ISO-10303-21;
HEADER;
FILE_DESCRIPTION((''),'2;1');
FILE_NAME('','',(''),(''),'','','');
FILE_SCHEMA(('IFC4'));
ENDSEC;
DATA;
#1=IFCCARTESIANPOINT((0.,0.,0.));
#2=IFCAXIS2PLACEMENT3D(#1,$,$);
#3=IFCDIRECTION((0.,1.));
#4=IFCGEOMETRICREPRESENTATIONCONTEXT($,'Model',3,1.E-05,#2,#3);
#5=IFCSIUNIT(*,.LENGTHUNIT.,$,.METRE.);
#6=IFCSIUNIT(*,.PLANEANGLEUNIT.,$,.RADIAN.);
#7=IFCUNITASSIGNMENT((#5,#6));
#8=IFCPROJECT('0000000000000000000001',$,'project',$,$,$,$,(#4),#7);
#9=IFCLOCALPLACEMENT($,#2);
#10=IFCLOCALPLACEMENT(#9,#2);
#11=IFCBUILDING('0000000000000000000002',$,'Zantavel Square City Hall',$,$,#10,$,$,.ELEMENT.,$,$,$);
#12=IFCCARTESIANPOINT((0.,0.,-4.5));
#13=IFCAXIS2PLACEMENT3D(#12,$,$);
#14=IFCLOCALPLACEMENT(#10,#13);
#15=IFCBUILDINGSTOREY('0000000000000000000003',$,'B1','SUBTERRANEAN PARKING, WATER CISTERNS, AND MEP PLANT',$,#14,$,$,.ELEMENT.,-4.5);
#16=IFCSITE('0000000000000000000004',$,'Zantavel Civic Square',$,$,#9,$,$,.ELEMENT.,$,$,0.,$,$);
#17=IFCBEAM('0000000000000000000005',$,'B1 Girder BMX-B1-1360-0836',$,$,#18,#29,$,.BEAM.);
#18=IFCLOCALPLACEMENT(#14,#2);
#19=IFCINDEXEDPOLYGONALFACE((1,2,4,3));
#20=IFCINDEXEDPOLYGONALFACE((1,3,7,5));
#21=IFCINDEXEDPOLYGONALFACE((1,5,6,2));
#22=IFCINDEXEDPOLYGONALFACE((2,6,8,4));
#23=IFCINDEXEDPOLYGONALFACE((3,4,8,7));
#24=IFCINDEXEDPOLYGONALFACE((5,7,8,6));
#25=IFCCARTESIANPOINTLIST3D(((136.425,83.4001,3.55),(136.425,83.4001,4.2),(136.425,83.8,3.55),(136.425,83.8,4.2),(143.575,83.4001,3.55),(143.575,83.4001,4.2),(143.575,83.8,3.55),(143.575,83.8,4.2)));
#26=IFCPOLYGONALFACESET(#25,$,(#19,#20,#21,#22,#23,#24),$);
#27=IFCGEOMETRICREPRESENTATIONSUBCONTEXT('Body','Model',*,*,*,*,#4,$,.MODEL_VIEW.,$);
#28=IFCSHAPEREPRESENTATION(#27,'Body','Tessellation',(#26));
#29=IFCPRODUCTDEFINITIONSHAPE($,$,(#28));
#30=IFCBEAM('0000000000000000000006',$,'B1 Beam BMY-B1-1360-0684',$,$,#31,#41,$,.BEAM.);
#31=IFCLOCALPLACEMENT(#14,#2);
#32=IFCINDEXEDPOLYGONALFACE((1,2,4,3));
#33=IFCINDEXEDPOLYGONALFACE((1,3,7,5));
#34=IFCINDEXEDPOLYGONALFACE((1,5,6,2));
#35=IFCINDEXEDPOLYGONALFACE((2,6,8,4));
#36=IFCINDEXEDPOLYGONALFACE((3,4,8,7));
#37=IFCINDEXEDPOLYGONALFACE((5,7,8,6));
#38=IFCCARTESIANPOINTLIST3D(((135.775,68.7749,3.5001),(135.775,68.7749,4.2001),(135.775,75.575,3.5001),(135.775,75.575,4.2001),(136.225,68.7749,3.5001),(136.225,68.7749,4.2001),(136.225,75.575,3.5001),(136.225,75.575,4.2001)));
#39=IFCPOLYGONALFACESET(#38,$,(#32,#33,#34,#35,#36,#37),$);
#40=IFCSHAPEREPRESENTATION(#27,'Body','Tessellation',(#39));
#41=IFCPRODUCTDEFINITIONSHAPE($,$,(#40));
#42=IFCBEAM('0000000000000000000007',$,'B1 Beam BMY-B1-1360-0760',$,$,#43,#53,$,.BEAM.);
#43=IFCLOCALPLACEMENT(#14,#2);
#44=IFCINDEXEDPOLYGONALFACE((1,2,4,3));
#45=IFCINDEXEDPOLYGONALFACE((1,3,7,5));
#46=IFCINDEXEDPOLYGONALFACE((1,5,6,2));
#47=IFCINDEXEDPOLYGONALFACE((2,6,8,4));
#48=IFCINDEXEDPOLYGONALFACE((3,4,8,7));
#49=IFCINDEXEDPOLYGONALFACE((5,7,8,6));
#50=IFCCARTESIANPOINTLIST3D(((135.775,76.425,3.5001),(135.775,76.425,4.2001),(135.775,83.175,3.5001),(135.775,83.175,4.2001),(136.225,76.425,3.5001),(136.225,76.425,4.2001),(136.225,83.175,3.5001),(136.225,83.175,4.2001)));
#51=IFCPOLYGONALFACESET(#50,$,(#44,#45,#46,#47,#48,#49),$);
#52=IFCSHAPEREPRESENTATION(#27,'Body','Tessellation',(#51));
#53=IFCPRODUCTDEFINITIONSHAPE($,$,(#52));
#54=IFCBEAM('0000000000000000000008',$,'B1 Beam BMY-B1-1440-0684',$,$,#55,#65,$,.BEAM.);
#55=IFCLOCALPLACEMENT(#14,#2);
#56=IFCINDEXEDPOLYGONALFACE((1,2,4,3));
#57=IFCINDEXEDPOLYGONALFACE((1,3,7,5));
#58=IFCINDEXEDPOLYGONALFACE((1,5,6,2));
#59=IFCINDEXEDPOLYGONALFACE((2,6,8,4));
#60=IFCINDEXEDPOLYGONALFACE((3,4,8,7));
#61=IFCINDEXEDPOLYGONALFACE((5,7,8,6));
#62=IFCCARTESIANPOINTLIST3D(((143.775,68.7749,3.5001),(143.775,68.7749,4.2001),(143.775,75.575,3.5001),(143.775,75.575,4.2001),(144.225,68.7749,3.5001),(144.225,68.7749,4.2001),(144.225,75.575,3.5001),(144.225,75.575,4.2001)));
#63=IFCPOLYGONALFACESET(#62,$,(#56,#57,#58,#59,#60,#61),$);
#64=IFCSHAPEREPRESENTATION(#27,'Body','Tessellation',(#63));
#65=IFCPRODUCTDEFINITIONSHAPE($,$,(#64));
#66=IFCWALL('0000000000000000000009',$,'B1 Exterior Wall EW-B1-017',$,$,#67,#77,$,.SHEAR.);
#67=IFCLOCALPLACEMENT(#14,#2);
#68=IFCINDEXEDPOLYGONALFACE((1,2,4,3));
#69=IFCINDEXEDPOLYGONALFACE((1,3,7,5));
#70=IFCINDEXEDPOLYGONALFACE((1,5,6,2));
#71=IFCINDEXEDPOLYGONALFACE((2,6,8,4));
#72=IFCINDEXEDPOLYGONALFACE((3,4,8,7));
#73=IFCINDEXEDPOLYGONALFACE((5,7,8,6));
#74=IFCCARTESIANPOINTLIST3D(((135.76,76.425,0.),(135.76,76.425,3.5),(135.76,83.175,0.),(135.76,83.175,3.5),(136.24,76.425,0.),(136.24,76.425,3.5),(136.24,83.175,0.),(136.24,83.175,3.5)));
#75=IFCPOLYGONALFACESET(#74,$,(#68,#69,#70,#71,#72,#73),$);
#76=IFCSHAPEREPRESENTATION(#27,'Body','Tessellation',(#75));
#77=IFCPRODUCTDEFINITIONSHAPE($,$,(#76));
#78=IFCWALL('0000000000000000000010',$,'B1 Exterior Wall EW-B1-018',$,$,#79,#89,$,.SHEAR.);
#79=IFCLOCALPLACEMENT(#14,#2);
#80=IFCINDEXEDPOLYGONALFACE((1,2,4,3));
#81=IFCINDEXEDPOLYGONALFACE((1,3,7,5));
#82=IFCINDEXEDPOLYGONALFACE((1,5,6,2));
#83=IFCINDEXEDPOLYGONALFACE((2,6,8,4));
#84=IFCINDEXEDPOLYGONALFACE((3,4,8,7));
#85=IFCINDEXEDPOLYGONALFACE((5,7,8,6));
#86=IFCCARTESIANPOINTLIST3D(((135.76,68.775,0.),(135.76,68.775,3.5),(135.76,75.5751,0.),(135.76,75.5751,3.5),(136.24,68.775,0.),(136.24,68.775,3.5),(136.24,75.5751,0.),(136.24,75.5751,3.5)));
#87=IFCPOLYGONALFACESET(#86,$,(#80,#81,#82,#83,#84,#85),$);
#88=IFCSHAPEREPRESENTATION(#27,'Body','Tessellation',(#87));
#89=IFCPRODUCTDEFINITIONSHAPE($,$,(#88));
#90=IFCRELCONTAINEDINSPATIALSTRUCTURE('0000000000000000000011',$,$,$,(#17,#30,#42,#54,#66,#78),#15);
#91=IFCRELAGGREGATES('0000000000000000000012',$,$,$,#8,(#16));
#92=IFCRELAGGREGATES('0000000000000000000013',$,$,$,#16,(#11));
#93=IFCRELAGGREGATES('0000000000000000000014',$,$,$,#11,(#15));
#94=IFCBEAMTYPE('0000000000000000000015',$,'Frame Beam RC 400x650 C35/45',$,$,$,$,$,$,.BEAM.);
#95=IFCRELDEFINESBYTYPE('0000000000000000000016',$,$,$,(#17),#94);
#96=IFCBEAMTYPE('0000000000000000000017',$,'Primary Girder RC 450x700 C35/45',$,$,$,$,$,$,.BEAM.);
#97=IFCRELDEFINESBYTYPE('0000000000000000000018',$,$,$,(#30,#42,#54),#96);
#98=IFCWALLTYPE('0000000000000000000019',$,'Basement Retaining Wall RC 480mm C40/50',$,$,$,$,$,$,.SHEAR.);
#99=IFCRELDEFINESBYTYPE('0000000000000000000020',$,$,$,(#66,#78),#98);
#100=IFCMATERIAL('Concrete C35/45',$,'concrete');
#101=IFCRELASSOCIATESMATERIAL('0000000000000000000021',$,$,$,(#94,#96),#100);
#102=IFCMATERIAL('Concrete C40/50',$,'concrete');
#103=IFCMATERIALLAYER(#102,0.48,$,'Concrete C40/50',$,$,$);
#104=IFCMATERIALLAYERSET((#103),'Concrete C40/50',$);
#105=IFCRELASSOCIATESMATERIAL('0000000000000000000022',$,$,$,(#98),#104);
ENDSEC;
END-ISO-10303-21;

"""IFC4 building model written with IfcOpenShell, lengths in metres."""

from ifc_helpers import new_model, si_unit, direction, frame, frame_2d, origin, origin_2d, place, context, subcontext, project, spatial, rectangle, extrude, material, layer, layer_set, material_profile, profile_set, type_object, element, save


model = new_model("IFC4")

# Units and contexts
model_context = context("Model", 3, precision=1e-05, world=origin(), true_north=direction((0.0, 1.0)))
body_context = subcontext(model_context, "Body", "Model", "MODEL_VIEW")
ifc_project = project(units=[si_unit("LENGTHUNIT", "METRE"), si_unit("PLANEANGLEUNIT", "RADIAN")], contexts=[model_context])

# Site, building, storey
site_placement = place(None, origin())
site = spatial("IfcSite", under=ifc_project, at=site_placement, Name="Zantavel Civic Square", CompositionType="ELEMENT", RefElevation=0.0)
building_placement = place(site_placement, origin())
building = spatial("IfcBuilding", under=site, at=building_placement, Name="Zantavel Square City Hall", CompositionType="ELEMENT")
storey_placement = place(building_placement, frame((0.0, 0.0, -4.5)))
storey = spatial("IfcBuildingStorey", under=building, at=storey_placement, Name="B1", Description="SUBTERRANEAN PARKING, WATER CISTERNS, AND MEP PLANT", CompositionType="ELEMENT", Elevation=-4.5)

# Shared definitions
ifc_material_1 = material(Name="Concrete C35/45", Category="concrete")

# Shared definitions
ifc_material_2 = material(Name="Concrete C40/50", Category="concrete")

# Beams
ifc_material_profile_1 = material_profile(ifc_material_1, rectangle(XDim=0.3999, YDim=0.6499, at=origin_2d()), Name="RC 400x650")
ifc_profile_set_1 = profile_set([ifc_material_profile_1], Name="Concrete C35/45")
beam_type_1 = type_object("IfcBeamType", Name="Frame Beam RC 400x650 C35/45", PredefinedType="BEAM", material=ifc_profile_set_1)
for number, where, z_axis, x_axis, name in (
    (1, (136.425, 83.6001, 3.875), (1.0, 0.0, 0.0), (0.0, 1.0, 0.0), "B1 Girder BMX-B1-1360-0836"),
):
    element("IfcBeam", number, at=place(storey_placement, frame(where, z_axis=z_axis, x_axis=x_axis)), inside=storey, type_object=beam_type_1, Name=name, PredefinedType="BEAM", context=body_context, shape_type="SweptSolid", body=[
        extrude(rectangle(XDim=0.3999, YDim=0.6499, at=origin_2d()), origin(), (0.0, 0.0, 1.0), 7.1499),
    ])
ifc_material_profile_2 = material_profile(ifc_material_1, rectangle(XDim=0.45, YDim=0.7, at=origin_2d()), Name="RC 450x700")
ifc_profile_set_2 = profile_set([ifc_material_profile_2], Name="Concrete C35/45")
beam_type_2 = type_object("IfcBeamType", Name="Primary Girder RC 450x700 C35/45", PredefinedType="BEAM", material=ifc_profile_set_2)
beam_1_placement = place(storey_placement, frame((136.0, 68.7749, 3.8501), z_axis=(0.0, 1.0, 0.0), x_axis=(-1.0, 0.0, 0.0)))
element("IfcBeam", 2, at=beam_1_placement, inside=storey, type_object=beam_type_2, Name="B1 Beam BMY-B1-1360-0684", PredefinedType="BEAM", context=body_context, shape_type="SweptSolid", body=[
    extrude(rectangle(XDim=0.45, YDim=0.7, at=origin_2d()), origin(), (0.0, 0.0, 1.0), 6.8),
])
beam_2_placement = place(storey_placement, frame((136.0, 76.425, 3.8501), z_axis=(0.0, 1.0, 0.0), x_axis=(-1.0, 0.0, 0.0)))
element("IfcBeam", 3, at=beam_2_placement, inside=storey, type_object=beam_type_2, Name="B1 Beam BMY-B1-1360-0760", PredefinedType="BEAM", context=body_context, shape_type="SweptSolid", body=[
    extrude(rectangle(XDim=0.45, YDim=0.7, at=origin_2d()), origin(), (0.0, 0.0, 1.0), 6.75),
])
beam_3_placement = place(storey_placement, frame((144.0, 68.7749, 3.8501), z_axis=(0.0, 1.0, 0.0), x_axis=(-1.0, 0.0, 0.0)))
element("IfcBeam", 4, at=beam_3_placement, inside=storey, type_object=beam_type_2, Name="B1 Beam BMY-B1-1440-0684", PredefinedType="BEAM", context=body_context, shape_type="SweptSolid", body=[
    extrude(rectangle(XDim=0.45, YDim=0.7, at=origin_2d()), origin(), (0.0, 0.0, 1.0), 6.8),
])

# Walls
ifc_layer_1 = layer(ifc_material_2, 0.48, Name="Concrete C40/50")
ifc_layer_set_1 = layer_set([ifc_layer_1], Name="Concrete C40/50")
wall_type = type_object("IfcWallType", Name="Basement Retaining Wall RC 480mm C40/50", PredefinedType="SHEAR", material=ifc_layer_set_1)
wall_1_placement = place(storey_placement, frame((136.0, 83.175, 0.0), z_axis=(0.0, 0.0, 1.0), x_axis=(0.0, -1.0, 0.0)))
element("IfcWall", 5, at=wall_1_placement, inside=storey, type_object=wall_type, Name="B1 Exterior Wall EW-B1-017", PredefinedType="SHEAR", context=body_context, shape_type="SweptSolid", body=[
    extrude(rectangle(XDim=6.75, YDim=0.48, at=frame_2d((3.375, 0.0))), origin(), (0.0, 0.0, 1.0), 3.5),
])
wall_2_placement = place(storey_placement, frame((136.0, 75.575, 0.0), z_axis=(0.0, 0.0, 1.0), x_axis=(0.0, -1.0, 0.0)))
element("IfcWall", 6, at=wall_2_placement, inside=storey, type_object=wall_type, Name="B1 Exterior Wall EW-B1-018", PredefinedType="SHEAR", context=body_context, shape_type="SweptSolid", body=[
    extrude(rectangle(XDim=6.8, YDim=0.48, at=frame_2d((3.3999, 0.0))), origin(), (0.0, 0.0, 1.0), 3.5),
])

save(model, "model.ifc")
